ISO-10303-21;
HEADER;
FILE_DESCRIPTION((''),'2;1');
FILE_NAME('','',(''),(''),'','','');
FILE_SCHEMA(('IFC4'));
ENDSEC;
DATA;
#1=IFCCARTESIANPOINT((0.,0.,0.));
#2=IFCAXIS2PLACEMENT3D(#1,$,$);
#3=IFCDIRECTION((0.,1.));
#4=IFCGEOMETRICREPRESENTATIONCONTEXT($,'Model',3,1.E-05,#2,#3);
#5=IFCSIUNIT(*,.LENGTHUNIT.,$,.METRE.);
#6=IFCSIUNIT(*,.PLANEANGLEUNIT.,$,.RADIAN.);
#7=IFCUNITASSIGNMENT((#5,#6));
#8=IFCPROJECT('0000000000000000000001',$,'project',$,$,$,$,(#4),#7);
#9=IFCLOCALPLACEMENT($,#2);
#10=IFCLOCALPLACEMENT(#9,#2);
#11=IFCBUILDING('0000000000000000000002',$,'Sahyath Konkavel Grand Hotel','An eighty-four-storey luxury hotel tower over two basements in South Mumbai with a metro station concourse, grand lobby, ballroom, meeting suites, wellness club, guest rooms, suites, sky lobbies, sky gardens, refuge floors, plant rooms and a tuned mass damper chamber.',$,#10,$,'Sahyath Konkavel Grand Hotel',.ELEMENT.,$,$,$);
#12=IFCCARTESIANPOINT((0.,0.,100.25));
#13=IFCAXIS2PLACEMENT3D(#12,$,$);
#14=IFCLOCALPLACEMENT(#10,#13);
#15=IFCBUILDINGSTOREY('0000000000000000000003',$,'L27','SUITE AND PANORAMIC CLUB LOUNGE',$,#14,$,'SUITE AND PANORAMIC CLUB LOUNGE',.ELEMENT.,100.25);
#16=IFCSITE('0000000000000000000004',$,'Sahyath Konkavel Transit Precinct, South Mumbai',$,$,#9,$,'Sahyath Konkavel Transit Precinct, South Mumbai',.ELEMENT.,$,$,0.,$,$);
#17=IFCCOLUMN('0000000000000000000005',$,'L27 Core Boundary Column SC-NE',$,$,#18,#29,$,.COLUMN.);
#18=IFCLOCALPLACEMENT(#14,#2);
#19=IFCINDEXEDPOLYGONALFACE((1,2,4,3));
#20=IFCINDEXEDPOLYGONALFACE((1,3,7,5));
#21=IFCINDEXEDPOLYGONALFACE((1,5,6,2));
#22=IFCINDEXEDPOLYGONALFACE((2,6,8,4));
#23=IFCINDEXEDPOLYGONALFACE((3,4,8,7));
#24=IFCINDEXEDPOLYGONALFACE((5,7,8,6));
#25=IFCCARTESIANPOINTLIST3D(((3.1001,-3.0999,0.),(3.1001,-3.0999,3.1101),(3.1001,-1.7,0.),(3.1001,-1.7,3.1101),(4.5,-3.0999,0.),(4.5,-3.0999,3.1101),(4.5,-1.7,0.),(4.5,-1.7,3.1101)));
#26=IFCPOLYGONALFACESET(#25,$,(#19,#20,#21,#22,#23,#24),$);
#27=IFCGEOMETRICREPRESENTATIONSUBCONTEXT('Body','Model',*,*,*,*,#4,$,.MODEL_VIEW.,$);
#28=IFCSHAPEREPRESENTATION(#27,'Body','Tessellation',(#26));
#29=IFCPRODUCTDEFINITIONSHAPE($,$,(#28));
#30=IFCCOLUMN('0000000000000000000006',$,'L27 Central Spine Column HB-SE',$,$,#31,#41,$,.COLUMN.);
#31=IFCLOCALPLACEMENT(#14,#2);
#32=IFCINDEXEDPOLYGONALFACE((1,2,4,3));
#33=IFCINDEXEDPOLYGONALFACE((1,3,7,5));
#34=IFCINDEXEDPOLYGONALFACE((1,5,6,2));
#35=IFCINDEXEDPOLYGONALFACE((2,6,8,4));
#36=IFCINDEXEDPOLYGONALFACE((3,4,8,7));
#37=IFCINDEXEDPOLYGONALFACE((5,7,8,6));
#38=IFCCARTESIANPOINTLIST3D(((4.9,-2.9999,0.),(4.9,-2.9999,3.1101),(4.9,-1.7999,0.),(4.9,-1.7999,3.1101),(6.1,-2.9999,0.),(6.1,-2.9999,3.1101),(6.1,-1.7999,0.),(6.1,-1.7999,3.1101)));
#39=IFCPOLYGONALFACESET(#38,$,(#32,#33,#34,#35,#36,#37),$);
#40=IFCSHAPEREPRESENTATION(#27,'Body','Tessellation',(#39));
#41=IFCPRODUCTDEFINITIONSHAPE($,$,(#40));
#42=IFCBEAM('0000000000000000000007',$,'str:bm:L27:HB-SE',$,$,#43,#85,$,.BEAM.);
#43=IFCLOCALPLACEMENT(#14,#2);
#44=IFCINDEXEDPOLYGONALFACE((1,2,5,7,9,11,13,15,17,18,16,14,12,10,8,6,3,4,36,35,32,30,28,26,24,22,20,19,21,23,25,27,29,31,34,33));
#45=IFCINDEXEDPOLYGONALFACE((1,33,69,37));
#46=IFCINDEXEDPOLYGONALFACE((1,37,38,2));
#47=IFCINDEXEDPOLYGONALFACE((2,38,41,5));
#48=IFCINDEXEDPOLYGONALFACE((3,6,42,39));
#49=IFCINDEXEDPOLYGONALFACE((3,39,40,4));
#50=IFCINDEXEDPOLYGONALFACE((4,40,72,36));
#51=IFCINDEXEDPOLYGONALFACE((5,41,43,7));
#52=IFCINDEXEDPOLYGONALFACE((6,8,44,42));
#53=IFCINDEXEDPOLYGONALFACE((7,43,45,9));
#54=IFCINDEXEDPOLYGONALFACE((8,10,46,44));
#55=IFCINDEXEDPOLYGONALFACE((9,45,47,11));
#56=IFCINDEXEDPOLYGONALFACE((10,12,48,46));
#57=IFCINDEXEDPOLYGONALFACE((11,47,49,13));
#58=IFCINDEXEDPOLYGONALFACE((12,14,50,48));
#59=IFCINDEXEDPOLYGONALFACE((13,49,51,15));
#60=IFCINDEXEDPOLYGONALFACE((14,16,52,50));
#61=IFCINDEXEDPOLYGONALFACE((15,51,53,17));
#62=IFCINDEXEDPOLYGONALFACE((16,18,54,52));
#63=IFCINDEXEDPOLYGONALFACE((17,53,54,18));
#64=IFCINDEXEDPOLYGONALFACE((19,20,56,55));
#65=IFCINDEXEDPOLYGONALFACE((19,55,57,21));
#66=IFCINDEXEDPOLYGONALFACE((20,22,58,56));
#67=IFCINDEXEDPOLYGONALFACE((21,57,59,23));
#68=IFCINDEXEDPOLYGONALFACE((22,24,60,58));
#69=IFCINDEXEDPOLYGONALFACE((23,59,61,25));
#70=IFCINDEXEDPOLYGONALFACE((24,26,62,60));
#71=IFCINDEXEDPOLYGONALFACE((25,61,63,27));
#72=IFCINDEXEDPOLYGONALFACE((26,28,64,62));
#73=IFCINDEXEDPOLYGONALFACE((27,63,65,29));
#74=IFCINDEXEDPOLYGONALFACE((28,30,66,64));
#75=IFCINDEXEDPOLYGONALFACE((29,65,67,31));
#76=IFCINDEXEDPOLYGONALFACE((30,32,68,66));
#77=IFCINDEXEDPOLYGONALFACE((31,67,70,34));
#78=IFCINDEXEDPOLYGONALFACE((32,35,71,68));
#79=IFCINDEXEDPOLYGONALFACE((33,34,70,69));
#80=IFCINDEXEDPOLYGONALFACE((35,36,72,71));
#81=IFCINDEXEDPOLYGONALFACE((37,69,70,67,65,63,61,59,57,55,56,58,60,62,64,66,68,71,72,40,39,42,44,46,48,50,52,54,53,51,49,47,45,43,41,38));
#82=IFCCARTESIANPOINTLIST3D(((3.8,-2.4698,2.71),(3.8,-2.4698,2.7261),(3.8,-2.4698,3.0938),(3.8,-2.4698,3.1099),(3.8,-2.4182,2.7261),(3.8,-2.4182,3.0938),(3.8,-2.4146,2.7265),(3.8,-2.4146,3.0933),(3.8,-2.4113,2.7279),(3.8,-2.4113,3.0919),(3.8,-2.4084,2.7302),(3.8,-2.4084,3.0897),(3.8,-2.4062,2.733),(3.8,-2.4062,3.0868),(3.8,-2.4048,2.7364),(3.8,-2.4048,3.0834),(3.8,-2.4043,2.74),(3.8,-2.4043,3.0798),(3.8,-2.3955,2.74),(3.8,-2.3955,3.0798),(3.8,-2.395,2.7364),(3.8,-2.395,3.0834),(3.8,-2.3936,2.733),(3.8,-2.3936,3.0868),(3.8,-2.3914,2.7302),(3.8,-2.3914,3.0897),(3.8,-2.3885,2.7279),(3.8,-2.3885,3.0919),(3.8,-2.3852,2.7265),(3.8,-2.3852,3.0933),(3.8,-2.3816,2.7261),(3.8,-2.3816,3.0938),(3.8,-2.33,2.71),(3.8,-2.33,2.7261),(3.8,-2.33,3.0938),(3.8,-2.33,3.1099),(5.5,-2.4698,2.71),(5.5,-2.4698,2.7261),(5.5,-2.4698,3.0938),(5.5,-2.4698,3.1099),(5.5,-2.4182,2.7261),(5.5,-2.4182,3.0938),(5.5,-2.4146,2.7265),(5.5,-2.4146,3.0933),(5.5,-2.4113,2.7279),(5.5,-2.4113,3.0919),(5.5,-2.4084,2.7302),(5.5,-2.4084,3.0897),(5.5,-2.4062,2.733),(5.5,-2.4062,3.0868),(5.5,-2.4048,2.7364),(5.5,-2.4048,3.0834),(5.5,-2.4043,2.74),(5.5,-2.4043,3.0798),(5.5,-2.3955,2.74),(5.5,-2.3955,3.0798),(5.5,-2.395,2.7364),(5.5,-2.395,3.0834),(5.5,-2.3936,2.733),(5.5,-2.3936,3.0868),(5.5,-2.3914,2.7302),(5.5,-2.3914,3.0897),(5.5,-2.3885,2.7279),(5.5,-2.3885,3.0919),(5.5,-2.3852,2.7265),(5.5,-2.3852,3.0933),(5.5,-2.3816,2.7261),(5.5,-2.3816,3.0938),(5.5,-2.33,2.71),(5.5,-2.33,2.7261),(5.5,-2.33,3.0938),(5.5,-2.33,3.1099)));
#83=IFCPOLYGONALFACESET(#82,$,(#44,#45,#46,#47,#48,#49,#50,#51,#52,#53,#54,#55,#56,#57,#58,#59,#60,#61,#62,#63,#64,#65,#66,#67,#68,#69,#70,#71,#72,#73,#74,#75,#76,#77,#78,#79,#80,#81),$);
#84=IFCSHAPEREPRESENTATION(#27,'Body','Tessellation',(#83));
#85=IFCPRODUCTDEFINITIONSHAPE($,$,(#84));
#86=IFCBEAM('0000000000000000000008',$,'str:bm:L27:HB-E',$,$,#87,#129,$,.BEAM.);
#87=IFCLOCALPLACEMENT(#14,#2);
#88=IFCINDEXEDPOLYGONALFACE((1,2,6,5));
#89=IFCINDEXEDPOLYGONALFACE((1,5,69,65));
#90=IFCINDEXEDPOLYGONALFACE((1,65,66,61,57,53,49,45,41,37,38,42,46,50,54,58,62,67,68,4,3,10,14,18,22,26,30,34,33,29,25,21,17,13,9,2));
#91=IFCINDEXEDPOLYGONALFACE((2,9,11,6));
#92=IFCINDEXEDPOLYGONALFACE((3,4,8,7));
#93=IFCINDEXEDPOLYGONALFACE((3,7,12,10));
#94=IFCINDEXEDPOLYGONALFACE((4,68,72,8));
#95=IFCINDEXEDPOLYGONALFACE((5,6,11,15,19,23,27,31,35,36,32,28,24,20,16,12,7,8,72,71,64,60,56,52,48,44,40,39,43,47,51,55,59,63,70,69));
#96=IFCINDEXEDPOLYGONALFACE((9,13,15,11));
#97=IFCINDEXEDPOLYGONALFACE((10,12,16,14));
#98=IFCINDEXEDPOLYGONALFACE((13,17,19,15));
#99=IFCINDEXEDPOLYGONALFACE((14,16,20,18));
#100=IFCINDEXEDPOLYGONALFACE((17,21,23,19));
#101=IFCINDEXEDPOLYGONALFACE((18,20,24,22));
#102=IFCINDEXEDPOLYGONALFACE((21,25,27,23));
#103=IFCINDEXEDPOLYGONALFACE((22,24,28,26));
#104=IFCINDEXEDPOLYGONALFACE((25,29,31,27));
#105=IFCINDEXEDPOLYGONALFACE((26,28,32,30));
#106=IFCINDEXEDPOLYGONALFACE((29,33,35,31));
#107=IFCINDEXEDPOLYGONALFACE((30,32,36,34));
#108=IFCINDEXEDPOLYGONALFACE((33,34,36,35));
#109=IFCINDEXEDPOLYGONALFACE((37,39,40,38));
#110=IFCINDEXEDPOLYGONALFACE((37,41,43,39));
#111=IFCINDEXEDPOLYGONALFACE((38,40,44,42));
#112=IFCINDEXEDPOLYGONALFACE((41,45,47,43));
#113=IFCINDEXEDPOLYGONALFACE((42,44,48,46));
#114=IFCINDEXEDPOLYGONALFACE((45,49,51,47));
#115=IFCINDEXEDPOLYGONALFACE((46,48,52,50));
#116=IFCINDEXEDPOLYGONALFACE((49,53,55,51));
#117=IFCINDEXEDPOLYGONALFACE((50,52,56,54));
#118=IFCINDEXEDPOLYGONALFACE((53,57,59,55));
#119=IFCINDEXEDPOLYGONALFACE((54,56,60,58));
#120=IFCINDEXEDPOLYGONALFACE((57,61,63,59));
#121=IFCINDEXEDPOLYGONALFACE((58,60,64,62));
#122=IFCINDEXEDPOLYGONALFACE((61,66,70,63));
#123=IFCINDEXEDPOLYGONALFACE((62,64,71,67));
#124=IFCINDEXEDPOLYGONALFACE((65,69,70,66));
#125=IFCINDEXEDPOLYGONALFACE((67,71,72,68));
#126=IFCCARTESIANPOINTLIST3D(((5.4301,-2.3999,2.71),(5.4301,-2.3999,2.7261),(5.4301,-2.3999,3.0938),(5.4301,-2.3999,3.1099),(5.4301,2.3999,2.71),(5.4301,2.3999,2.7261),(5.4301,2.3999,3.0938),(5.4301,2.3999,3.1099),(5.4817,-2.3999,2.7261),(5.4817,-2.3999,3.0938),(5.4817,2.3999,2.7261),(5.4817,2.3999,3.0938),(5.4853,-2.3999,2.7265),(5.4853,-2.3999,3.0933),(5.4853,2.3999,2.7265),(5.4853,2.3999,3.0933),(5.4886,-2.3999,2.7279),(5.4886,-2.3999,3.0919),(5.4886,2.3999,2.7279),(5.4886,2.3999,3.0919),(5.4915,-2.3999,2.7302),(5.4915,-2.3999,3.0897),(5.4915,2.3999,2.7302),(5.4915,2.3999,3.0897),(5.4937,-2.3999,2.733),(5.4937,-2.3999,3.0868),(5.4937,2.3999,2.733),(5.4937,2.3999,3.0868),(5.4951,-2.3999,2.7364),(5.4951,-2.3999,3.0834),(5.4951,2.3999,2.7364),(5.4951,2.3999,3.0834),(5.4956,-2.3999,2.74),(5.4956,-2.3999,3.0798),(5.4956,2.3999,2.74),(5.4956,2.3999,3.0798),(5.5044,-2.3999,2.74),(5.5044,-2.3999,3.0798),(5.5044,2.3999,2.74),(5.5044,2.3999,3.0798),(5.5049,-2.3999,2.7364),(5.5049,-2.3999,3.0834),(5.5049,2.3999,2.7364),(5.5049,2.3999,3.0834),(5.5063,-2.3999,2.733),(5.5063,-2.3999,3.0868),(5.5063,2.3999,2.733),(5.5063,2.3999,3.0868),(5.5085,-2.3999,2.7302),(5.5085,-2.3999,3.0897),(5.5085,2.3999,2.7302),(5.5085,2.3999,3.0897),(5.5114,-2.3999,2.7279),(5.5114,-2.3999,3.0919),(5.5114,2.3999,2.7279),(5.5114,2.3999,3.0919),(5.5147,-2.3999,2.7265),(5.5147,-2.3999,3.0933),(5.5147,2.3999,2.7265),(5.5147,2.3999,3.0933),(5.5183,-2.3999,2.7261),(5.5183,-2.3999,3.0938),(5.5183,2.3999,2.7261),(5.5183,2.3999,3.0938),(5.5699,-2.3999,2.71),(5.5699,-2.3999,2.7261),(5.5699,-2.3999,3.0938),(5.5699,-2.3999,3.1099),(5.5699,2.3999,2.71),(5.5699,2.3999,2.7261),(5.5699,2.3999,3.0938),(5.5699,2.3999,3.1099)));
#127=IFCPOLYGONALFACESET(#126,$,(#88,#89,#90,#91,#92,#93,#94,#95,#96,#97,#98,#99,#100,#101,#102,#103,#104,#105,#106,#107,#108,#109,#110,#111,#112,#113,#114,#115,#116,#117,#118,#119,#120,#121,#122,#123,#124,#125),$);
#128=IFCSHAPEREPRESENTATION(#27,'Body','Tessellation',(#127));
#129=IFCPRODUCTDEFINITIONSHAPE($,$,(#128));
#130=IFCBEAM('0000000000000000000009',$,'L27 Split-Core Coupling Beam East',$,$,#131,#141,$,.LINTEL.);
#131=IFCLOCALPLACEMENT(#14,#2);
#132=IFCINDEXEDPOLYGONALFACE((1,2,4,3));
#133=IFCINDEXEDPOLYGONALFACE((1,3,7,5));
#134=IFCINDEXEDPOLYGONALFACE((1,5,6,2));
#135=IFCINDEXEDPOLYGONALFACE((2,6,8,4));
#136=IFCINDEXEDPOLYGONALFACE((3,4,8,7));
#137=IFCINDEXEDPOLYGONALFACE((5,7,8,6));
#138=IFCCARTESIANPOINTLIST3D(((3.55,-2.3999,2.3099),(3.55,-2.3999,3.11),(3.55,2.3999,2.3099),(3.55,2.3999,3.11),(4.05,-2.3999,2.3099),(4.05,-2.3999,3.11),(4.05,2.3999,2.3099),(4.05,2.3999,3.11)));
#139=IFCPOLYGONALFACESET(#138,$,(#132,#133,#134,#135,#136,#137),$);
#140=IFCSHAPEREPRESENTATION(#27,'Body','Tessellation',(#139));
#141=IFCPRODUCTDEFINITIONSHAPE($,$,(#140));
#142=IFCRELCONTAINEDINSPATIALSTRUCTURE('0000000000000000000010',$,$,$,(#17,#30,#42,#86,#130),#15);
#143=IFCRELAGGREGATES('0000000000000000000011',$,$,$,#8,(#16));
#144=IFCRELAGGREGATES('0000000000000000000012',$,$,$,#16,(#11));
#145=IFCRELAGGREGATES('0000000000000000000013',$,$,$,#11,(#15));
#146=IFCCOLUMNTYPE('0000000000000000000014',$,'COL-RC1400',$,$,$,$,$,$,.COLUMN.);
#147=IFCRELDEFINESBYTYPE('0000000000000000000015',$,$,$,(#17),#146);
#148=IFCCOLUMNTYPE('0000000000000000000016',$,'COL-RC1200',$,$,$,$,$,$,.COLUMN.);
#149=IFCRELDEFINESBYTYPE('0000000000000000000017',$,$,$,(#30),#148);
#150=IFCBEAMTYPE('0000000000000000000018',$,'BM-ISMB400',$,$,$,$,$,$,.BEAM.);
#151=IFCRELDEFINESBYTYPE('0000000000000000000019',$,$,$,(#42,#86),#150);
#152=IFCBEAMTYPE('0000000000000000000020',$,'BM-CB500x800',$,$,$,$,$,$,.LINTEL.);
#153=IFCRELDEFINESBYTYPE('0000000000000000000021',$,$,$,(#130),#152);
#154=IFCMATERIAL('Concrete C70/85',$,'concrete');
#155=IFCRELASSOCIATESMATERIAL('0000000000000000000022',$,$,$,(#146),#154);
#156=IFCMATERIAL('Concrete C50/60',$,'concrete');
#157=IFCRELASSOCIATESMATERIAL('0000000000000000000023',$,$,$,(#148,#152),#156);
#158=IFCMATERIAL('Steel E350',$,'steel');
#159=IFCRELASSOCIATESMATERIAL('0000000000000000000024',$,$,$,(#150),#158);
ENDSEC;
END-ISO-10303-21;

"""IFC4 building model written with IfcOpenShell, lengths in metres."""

from ifc_helpers import new_model, si_unit, direction, frame, origin, origin_2d, place, context, subcontext, project, spatial, rectangle, i_section, extrude, source, transform, mapped, material, material_profile, profile_set, type_object, element, save


model = new_model("IFC4")

# Units and contexts
model_context = context("Model", 3, precision=1e-05, world=origin(), true_north=direction((0.0, 1.0)))
body_context = subcontext(model_context, "Body", "Model", "MODEL_VIEW")
ifc_project = project(units=[si_unit("LENGTHUNIT", "METRE"), si_unit("PLANEANGLEUNIT", "RADIAN")], contexts=[model_context])

# Site, building, storey
site_placement = place(None, origin())
site = spatial("IfcSite", under=ifc_project, at=site_placement, Name="Sahyath Konkavel Transit Precinct, South Mumbai", LongName="Sahyath Konkavel Transit Precinct, South Mumbai", CompositionType="ELEMENT", RefElevation=0.0)
building_placement = place(site_placement, origin())
building = spatial("IfcBuilding", under=site, at=building_placement, Name="Sahyath Konkavel Grand Hotel", Description="An eighty-four-storey luxury hotel tower over two basements in South Mumbai with a metro station concourse, grand lobby, ballroom, meeting suites, wellness club, guest rooms, suites, sky lobbies, sky gardens, refuge floors, plant rooms and a tuned mass damper chamber.", LongName="Sahyath Konkavel Grand Hotel", CompositionType="ELEMENT")
storey_placement = place(building_placement, frame((0.0, 0.0, 100.25)))
storey = spatial("IfcBuildingStorey", under=building, at=storey_placement, Name="L27", Description="SUITE AND PANORAMIC CLUB LOUNGE", LongName="SUITE AND PANORAMIC CLUB LOUNGE", CompositionType="ELEMENT", Elevation=100.25)

# Columns
ifc_material_1 = material(Name="Concrete C70/85", Category="concrete")
ifc_material_profile_1 = material_profile(ifc_material_1, rectangle(XDim=1.3999, YDim=1.3999, at=origin_2d()), Name="RC 1400x1400")
ifc_profile_set_1 = profile_set([ifc_material_profile_1], Name="Concrete C70/85")
column_type_1 = type_object("IfcColumnType", Name="COL-RC1400", PredefinedType="COLUMN", material=ifc_profile_set_1)
shared_shape_1 = source(origin(), body_context, "Body", "SweptSolid", [
    extrude(rectangle(XDim=1.3999, YDim=1.3999, at=origin_2d()), origin(), (0.0, 0.0, 1.0), 3.1101),
])
column_1_placement = place(storey_placement, frame((3.8, -2.3999, 0.0), z_axis=(0.0, 0.0, 1.0), x_axis=(1.0, 0.0, 0.0)))
element("IfcColumn", 1, at=column_1_placement, inside=storey, type_object=column_type_1, Name="L27 Core Boundary Column SC-NE", PredefinedType="COLUMN", context=body_context, shape_type="MappedRepresentation", body=[
    mapped(shared_shape_1, transform((0.0, 0.0, 0.0), scale=1.0)),
])
ifc_material_2 = material(Name="Concrete C50/60", Category="concrete")
ifc_material_profile_2 = material_profile(ifc_material_2, rectangle(XDim=1.2, YDim=1.2, at=origin_2d()), Name="RC 1200x1200")
ifc_profile_set_2 = profile_set([ifc_material_profile_2], Name="Concrete C50/60")
column_type_2 = type_object("IfcColumnType", Name="COL-RC1200", PredefinedType="COLUMN", material=ifc_profile_set_2)
shared_shape_2 = source(origin(), body_context, "Body", "SweptSolid", [
    extrude(rectangle(XDim=1.2, YDim=1.2, at=origin_2d()), origin(), (0.0, 0.0, 1.0), 3.1101),
])
column_2_placement = place(storey_placement, frame((5.5, -2.3999, 0.0), z_axis=(0.0, 0.0, 1.0), x_axis=(1.0, 0.0, 0.0)))
element("IfcColumn", 2, at=column_2_placement, inside=storey, type_object=column_type_2, Name="L27 Central Spine Column HB-SE", PredefinedType="COLUMN", context=body_context, shape_type="MappedRepresentation", body=[
    mapped(shared_shape_2, transform((0.0, 0.0, 0.0), scale=1.0)),
])

# Beams
ifc_material_3 = material(Name="Steel E350", Category="steel")
ifc_material_profile_3 = material_profile(ifc_material_3, i_section(OverallWidth=0.1399, OverallDepth=0.3999, WebThickness=0.0088, FlangeThickness=0.0161, FilletRadius=0.0139, at=origin_2d()), Name="ISMB 400")
ifc_profile_set_3 = profile_set([ifc_material_profile_3], Name="Steel E350")
beam_type_1 = type_object("IfcBeamType", Name="BM-ISMB400", PredefinedType="BEAM", material=ifc_profile_set_3)
shared_shape_3 = source(origin(), body_context, "Body", "SweptSolid", [
    extrude(i_section(OverallWidth=0.1399, OverallDepth=0.3999, WebThickness=0.0088, FlangeThickness=0.0161, FilletRadius=0.0139, at=origin_2d()), origin(), (0.0, 0.0, 1.0), 1.7),
])
beam_1_placement = place(storey_placement, frame((3.8, -2.3999, 2.9099), z_axis=(1.0, 0.0, 0.0), x_axis=(0.0, 1.0, 0.0)))
element("IfcBeam", 3, at=beam_1_placement, inside=storey, type_object=beam_type_1, Name="str:bm:L27:HB-SE", PredefinedType="BEAM", context=body_context, shape_type="MappedRepresentation", body=[
    mapped(shared_shape_3, transform((0.0, 0.0, 0.0), scale=1.0)),
])
shared_shape_4 = source(origin(), body_context, "Body", "SweptSolid", [
    extrude(i_section(OverallWidth=0.1399, OverallDepth=0.3999, WebThickness=0.0088, FlangeThickness=0.0161, FilletRadius=0.0139, at=origin_2d()), origin(), (0.0, 0.0, 1.0), 4.7998),
])
beam_2_placement = place(storey_placement, frame((5.5, -2.3999, 2.9099), z_axis=(0.0, 1.0, 0.0), x_axis=(-1.0, 0.0, 0.0)))
element("IfcBeam", 4, at=beam_2_placement, inside=storey, type_object=beam_type_1, Name="str:bm:L27:HB-E", PredefinedType="BEAM", context=body_context, shape_type="MappedRepresentation", body=[
    mapped(shared_shape_4, transform((0.0, 0.0, 0.0), scale=1.0)),
])
ifc_material_profile_4 = material_profile(ifc_material_2, rectangle(XDim=0.5, YDim=0.8, at=origin_2d()), Name="RC 500x800")
ifc_profile_set_4 = profile_set([ifc_material_profile_4], Name="Concrete C50/60")
beam_type_2 = type_object("IfcBeamType", Name="BM-CB500x800", PredefinedType="LINTEL", material=ifc_profile_set_4)
shared_shape_5 = source(origin(), body_context, "Body", "SweptSolid", [
    extrude(rectangle(XDim=0.5, YDim=0.8, at=origin_2d()), origin(), (0.0, 0.0, 1.0), 4.7998),
])
beam_3_placement = place(storey_placement, frame((3.8, -2.3999, 2.71), z_axis=(0.0, 1.0, 0.0), x_axis=(-1.0, 0.0, 0.0)))
element("IfcBeam", 5, at=beam_3_placement, inside=storey, type_object=beam_type_2, Name="L27 Split-Core Coupling Beam East", PredefinedType="LINTEL", context=body_context, shape_type="MappedRepresentation", body=[
    mapped(shared_shape_5, transform((0.0, 0.0, 0.0), scale=1.0)),
])

save(model, "model.ifc")
